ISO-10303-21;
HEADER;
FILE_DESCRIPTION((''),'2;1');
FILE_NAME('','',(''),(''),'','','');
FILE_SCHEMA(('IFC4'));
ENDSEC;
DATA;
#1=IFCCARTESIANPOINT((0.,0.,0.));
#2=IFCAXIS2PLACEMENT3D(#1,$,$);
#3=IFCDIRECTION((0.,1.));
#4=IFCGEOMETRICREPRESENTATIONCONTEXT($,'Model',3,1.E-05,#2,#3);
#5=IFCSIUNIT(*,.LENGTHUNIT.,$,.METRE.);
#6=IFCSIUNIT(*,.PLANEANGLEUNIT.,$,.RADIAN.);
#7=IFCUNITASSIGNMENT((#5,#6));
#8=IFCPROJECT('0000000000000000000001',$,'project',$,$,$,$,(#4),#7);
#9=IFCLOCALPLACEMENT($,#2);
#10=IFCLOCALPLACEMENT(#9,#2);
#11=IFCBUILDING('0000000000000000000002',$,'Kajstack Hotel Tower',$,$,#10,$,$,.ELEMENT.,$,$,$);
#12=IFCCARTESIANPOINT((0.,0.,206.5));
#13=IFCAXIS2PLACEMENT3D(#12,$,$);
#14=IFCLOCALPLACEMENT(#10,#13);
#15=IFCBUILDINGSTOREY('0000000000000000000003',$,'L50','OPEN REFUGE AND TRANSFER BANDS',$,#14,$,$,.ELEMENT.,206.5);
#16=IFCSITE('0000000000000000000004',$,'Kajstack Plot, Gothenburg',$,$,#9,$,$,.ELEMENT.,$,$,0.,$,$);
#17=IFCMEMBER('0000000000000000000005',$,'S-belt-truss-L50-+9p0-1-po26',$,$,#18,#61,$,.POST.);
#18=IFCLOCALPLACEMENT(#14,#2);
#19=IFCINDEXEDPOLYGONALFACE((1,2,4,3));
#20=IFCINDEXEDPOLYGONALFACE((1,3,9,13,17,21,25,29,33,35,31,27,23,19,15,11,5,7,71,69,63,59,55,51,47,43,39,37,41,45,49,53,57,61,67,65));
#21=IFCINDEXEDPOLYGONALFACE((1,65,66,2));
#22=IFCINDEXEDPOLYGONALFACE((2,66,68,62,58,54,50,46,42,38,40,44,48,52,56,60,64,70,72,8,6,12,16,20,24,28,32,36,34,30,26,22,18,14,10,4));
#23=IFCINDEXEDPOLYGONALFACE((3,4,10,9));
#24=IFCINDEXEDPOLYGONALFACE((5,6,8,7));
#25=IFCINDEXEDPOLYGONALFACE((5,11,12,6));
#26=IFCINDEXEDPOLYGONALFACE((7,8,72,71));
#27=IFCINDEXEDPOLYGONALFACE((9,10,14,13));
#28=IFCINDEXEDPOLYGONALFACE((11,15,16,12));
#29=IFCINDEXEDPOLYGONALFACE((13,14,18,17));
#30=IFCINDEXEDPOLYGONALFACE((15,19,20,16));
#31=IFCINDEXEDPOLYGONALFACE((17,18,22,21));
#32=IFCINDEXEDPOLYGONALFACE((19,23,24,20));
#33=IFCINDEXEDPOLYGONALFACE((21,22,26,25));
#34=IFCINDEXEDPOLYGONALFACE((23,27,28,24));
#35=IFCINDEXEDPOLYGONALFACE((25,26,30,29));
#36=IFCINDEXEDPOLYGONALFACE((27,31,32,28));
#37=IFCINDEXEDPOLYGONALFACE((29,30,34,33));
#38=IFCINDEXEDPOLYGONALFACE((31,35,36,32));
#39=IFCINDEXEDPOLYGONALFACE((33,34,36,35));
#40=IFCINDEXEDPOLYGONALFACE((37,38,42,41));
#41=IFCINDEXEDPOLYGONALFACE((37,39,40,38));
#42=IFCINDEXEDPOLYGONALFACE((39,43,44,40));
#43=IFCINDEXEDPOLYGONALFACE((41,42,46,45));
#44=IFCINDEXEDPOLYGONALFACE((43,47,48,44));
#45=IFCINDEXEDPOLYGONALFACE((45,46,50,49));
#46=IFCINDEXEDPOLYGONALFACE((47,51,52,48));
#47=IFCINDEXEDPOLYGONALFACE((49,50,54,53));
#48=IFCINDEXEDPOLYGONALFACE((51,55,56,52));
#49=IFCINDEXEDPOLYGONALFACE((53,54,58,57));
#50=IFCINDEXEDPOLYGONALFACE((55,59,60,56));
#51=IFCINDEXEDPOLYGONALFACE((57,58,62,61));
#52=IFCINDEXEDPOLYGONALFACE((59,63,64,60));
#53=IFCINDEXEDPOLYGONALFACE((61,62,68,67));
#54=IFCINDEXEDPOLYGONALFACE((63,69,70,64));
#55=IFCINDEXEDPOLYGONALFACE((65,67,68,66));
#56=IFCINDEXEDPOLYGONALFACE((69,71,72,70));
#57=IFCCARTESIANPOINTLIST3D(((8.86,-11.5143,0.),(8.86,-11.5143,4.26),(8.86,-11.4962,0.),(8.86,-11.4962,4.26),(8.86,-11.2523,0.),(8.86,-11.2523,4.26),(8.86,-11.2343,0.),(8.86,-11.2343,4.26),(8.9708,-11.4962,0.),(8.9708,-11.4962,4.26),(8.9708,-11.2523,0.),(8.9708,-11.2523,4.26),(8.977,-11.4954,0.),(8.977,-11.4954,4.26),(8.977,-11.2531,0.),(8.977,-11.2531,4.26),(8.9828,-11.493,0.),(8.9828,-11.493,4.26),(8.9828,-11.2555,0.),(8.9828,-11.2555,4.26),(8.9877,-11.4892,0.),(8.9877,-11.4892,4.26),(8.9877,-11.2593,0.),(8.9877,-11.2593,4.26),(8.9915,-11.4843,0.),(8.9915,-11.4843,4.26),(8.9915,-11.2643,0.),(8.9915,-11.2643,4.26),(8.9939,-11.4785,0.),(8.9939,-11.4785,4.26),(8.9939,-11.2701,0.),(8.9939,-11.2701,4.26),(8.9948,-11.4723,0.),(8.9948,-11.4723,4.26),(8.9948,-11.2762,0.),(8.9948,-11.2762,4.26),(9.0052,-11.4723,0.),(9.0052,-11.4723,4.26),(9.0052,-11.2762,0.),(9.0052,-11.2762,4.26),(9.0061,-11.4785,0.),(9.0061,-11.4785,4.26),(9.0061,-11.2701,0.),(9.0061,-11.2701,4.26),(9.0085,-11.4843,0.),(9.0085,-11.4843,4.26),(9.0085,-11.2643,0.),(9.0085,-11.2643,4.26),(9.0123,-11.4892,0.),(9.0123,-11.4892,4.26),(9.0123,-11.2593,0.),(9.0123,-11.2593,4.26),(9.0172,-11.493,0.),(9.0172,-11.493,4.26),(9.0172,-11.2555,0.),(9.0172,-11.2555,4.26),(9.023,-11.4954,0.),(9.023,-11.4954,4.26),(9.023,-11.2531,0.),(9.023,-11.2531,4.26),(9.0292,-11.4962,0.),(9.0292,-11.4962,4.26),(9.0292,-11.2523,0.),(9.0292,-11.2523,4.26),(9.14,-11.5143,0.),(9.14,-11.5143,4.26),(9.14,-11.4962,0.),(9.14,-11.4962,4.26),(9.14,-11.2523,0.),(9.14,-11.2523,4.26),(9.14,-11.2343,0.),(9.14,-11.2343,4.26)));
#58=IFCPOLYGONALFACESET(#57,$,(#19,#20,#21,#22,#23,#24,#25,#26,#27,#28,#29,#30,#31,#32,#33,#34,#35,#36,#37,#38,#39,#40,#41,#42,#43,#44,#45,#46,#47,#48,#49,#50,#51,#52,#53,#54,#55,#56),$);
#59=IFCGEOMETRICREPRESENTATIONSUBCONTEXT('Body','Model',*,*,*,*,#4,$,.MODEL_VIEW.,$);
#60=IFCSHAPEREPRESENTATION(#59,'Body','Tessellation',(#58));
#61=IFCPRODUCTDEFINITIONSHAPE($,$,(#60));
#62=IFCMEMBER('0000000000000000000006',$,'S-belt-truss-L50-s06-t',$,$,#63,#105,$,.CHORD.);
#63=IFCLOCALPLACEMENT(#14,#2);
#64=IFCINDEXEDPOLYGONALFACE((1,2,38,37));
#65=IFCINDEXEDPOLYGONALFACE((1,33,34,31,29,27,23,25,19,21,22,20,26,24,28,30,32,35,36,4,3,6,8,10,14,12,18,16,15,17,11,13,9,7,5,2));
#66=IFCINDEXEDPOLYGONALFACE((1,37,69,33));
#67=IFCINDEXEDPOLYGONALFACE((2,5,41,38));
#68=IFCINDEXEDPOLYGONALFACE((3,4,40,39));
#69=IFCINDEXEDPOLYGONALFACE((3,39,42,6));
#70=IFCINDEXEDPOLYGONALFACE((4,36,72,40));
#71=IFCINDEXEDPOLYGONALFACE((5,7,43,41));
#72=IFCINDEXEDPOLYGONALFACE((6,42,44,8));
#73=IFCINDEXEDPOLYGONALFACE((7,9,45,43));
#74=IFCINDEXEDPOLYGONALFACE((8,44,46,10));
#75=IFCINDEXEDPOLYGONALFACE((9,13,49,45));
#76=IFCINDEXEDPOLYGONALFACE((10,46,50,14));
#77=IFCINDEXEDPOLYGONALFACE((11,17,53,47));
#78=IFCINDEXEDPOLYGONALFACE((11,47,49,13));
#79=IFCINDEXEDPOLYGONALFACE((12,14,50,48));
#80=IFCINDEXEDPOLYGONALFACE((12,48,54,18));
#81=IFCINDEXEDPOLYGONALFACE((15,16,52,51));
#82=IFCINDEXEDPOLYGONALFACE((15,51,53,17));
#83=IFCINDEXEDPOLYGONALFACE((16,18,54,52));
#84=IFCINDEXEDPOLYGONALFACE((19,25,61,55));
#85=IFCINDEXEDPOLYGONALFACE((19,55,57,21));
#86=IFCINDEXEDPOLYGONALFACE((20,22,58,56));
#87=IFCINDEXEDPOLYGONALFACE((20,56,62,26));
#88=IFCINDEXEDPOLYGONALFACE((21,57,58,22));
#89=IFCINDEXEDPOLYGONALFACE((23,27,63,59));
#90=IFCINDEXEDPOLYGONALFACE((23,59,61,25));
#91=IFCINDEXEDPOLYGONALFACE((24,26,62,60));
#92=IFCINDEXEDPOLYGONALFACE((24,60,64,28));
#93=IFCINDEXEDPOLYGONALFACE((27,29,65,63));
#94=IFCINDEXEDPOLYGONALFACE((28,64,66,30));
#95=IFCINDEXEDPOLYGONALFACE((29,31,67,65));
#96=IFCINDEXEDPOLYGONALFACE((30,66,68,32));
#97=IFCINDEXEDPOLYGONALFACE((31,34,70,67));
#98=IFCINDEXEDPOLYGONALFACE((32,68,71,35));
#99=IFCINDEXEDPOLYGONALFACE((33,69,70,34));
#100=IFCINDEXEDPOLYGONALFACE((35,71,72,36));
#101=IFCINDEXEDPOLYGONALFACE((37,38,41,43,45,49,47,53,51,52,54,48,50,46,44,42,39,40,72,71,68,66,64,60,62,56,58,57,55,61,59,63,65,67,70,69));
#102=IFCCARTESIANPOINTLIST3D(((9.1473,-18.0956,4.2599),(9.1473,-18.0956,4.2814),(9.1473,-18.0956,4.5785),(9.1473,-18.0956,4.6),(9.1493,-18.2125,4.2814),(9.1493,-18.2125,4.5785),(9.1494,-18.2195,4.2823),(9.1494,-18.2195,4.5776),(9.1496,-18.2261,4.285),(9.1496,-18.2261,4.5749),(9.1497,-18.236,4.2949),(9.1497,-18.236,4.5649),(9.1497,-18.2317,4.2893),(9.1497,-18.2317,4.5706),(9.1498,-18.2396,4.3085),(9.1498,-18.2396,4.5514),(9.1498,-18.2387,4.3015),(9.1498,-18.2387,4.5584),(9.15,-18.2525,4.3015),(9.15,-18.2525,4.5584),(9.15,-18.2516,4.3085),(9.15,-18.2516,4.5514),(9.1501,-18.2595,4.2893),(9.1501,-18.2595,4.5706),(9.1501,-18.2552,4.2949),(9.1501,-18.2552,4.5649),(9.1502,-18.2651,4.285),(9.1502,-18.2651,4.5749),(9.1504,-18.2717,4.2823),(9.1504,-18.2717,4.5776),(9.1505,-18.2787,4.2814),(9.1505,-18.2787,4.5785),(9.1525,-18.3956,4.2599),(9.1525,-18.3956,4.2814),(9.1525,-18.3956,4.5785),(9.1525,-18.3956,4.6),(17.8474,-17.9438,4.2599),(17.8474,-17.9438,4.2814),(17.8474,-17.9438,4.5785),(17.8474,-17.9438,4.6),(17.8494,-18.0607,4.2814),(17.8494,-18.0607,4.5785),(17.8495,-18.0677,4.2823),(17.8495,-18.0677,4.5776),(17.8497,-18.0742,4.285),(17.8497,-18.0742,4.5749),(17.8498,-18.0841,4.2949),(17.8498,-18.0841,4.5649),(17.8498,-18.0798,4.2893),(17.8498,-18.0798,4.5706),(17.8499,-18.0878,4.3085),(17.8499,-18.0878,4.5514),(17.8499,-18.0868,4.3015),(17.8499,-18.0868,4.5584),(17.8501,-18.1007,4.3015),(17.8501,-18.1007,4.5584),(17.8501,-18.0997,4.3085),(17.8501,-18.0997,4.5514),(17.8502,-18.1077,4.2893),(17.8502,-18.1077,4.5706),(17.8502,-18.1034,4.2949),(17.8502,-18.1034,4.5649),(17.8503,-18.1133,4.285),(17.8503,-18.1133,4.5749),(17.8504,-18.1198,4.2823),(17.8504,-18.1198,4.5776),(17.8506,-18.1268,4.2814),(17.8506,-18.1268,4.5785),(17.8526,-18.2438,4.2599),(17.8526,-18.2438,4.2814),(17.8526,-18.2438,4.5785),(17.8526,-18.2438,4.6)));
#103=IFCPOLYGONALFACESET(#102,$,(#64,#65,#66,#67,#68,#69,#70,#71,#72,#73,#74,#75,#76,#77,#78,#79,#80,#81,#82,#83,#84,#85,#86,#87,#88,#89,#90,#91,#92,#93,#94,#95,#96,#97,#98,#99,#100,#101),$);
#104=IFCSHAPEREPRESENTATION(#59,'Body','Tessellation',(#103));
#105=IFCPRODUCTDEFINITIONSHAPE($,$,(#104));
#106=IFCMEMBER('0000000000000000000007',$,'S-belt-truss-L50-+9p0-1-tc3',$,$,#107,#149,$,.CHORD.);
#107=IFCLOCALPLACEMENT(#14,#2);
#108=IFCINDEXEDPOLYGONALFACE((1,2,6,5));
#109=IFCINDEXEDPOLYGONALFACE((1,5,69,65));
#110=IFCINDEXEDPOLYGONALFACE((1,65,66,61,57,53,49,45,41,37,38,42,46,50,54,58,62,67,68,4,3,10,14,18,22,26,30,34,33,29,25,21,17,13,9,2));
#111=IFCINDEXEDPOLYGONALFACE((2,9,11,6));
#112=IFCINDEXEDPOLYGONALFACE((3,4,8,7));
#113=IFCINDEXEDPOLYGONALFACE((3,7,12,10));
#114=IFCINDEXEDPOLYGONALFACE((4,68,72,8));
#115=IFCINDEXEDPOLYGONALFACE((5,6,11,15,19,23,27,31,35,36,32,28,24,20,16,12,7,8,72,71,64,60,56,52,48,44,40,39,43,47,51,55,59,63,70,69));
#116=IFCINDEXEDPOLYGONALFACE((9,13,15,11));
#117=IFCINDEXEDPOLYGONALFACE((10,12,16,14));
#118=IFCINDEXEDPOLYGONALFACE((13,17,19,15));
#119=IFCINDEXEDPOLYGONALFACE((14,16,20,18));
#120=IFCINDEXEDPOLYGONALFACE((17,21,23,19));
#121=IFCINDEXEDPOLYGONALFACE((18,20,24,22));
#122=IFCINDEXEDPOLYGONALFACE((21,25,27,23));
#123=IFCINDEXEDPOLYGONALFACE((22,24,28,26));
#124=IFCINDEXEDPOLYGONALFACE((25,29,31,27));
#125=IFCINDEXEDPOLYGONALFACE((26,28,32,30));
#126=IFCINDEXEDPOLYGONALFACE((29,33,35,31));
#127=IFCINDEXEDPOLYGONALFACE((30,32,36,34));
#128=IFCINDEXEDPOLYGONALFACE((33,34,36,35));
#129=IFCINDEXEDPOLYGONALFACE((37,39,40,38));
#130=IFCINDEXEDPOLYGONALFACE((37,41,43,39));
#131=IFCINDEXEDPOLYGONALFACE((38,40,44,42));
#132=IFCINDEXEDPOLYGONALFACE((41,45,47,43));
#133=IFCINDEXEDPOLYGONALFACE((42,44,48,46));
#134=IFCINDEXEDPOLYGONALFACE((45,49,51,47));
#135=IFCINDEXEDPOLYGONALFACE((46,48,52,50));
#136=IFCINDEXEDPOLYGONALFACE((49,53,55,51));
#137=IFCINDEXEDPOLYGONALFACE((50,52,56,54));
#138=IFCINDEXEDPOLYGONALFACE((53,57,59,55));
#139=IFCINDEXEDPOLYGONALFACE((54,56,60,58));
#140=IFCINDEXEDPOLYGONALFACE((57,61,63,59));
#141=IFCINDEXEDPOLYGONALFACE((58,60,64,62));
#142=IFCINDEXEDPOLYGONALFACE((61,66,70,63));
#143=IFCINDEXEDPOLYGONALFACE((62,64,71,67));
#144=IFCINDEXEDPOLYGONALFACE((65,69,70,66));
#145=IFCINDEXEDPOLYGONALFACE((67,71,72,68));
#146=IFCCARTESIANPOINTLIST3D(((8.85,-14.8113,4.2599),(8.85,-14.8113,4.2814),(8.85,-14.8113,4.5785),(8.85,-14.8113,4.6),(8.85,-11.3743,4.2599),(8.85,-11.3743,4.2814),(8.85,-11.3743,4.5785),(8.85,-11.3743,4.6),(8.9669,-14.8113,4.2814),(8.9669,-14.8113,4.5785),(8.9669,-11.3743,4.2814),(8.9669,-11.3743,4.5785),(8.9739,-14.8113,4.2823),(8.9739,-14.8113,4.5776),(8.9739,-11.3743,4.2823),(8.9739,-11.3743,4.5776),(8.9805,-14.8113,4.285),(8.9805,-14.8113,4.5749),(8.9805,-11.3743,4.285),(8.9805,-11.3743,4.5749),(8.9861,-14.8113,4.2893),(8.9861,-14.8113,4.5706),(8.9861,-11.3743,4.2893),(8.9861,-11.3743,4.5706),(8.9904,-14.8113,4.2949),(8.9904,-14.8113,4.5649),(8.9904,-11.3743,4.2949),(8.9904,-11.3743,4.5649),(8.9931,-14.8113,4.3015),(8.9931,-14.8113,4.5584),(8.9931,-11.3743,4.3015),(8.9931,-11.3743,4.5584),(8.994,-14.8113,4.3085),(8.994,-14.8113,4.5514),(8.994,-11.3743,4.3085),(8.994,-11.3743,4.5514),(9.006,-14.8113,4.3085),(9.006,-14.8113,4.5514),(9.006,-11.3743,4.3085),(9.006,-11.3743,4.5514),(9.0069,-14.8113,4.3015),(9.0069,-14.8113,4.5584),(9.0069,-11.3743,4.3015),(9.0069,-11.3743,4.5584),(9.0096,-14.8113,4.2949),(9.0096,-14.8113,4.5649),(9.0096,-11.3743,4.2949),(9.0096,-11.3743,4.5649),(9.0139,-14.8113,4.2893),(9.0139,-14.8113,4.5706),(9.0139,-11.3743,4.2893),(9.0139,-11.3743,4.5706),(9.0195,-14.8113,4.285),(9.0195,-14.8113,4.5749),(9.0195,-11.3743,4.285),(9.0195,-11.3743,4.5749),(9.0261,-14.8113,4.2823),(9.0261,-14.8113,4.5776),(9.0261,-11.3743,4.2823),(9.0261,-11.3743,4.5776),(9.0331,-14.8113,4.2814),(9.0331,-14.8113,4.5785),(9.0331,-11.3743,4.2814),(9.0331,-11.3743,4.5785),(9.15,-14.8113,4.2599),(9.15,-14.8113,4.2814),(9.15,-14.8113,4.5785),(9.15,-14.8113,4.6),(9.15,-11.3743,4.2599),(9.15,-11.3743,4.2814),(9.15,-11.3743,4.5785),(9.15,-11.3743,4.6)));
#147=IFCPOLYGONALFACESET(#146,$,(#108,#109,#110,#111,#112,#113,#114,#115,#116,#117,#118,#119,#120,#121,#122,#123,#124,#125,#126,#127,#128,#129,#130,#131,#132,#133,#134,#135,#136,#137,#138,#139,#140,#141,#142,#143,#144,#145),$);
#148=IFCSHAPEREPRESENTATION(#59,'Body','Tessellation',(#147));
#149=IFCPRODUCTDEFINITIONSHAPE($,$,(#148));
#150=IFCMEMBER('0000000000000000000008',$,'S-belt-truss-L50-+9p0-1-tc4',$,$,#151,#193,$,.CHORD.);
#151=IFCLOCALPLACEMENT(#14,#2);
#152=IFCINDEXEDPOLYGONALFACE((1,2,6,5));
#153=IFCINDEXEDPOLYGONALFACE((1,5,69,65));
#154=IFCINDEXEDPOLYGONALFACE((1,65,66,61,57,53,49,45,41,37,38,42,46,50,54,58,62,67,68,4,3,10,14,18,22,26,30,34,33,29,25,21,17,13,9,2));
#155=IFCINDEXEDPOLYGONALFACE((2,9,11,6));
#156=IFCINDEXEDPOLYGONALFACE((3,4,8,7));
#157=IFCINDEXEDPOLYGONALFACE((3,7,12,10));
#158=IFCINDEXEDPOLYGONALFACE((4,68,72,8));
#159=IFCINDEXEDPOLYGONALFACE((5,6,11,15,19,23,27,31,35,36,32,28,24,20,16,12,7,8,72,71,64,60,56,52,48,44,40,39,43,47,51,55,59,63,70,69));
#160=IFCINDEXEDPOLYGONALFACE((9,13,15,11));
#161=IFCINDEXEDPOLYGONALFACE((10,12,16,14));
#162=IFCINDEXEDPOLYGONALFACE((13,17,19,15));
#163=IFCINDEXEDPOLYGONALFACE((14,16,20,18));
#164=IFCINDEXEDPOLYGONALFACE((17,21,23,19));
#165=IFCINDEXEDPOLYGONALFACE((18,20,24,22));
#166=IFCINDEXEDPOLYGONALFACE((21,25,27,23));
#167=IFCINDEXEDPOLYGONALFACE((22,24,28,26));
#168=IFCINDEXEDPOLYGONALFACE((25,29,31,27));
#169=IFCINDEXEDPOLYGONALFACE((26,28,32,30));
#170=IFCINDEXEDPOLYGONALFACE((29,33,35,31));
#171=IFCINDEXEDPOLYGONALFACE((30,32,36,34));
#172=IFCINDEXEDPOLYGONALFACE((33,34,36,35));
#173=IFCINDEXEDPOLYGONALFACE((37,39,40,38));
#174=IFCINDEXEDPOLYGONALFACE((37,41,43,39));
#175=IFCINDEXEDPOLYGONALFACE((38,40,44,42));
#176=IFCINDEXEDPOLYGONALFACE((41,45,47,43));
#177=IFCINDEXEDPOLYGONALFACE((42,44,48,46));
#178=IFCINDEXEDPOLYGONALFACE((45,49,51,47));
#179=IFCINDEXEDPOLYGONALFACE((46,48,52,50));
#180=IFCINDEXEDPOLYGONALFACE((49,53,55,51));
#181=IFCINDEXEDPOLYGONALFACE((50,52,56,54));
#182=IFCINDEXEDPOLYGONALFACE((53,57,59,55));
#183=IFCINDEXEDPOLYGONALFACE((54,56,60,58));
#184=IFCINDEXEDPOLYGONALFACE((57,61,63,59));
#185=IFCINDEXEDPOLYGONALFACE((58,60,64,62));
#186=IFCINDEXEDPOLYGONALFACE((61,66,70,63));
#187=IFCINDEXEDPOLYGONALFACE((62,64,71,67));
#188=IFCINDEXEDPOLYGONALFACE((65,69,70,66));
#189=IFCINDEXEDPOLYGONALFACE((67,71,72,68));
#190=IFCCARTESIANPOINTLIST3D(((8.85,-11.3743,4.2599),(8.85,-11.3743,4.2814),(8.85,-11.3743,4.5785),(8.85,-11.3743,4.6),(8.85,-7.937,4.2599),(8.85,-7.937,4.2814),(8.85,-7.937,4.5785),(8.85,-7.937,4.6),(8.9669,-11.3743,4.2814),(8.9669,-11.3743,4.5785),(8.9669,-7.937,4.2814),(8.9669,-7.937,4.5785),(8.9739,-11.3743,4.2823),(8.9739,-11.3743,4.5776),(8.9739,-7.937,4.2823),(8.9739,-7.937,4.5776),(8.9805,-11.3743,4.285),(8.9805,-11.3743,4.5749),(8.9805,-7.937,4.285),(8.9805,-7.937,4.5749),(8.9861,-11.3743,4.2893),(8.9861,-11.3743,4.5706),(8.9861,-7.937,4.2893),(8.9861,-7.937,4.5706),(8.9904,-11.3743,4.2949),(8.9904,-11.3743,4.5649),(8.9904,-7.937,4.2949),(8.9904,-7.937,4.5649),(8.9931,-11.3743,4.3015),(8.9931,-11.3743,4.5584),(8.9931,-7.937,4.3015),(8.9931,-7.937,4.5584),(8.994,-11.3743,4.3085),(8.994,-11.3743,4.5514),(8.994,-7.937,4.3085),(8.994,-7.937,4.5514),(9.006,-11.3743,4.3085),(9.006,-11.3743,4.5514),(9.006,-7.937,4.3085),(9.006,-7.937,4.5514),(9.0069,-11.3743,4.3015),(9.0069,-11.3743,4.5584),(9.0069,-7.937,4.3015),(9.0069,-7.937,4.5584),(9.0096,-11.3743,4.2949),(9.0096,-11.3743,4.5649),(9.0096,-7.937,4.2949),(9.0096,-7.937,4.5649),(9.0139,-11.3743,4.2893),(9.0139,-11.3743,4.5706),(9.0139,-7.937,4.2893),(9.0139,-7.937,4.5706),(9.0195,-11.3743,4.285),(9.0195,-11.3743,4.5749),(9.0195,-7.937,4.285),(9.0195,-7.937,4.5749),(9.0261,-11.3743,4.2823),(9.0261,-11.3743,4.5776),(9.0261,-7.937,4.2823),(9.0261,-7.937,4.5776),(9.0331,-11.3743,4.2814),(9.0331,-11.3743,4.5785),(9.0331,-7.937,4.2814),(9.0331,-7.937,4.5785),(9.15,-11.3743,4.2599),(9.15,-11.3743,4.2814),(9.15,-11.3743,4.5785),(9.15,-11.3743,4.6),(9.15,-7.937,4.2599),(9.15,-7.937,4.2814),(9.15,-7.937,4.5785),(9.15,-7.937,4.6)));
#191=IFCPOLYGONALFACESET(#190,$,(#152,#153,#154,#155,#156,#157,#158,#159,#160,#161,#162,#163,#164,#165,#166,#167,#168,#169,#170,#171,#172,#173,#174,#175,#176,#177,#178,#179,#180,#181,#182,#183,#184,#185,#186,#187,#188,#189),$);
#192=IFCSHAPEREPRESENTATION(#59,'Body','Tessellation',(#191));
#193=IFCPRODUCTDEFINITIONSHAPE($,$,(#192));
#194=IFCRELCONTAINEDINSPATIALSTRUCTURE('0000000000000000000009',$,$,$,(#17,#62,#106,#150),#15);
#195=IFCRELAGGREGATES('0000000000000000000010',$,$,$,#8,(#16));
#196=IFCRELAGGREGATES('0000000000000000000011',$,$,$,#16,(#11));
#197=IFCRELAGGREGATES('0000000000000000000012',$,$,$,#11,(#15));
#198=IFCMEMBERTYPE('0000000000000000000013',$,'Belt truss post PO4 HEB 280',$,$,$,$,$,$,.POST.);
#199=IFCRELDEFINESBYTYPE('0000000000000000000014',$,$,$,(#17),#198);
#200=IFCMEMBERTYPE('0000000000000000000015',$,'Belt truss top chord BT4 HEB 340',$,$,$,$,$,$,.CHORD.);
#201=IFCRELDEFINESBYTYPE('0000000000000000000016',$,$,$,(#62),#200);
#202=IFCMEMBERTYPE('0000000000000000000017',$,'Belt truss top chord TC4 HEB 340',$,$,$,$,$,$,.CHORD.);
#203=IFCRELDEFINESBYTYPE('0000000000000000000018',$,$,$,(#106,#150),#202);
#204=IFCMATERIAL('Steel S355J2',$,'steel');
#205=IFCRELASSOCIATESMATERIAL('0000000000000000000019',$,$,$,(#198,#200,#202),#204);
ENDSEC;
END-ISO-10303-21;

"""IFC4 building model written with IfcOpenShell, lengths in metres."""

from ifc_helpers import new_model, si_unit, direction, frame, origin, origin_2d, place, context, subcontext, project, spatial, i_section, extrude, material, material_profile, profile_set, type_object, element, save


model = new_model("IFC4")

# Units and contexts
model_context = context("Model", 3, precision=1e-05, world=origin(), true_north=direction((0.0, 1.0)))
body_context = subcontext(model_context, "Body", "Model", "MODEL_VIEW")
ifc_project = project(units=[si_unit("LENGTHUNIT", "METRE"), si_unit("PLANEANGLEUNIT", "RADIAN")], contexts=[model_context])

# Site, building, storey
site_placement = place(None, origin())
site = spatial("IfcSite", under=ifc_project, at=site_placement, Name="Kajstack Plot, Gothenburg", CompositionType="ELEMENT", RefElevation=0.0)
building_placement = place(site_placement, origin())
building = spatial("IfcBuilding", under=site, at=building_placement, Name="Kajstack Hotel Tower", CompositionType="ELEMENT")
storey_placement = place(building_placement, frame((0.0, 0.0, 206.5)))
storey = spatial("IfcBuildingStorey", under=building, at=storey_placement, Name="L50", Description="OPEN REFUGE AND TRANSFER BANDS", CompositionType="ELEMENT", Elevation=206.5)

# Members
ifc_material_1 = material(Name="Steel S355J2", Category="steel")
ifc_material_profile_1 = material_profile(ifc_material_1, i_section(OverallWidth=0.28, OverallDepth=0.28, WebThickness=0.0105, FlangeThickness=0.0181, FilletRadius=0.0239, at=origin_2d()), Name="HEB 280")
ifc_profile_set_1 = profile_set([ifc_material_profile_1], Name="Steel S355J2")
member_type_1 = type_object("IfcMemberType", Name="Belt truss post PO4 HEB 280", PredefinedType="POST", material=ifc_profile_set_1)
for number, where, z_axis, x_axis, name in (
    (1, (9.0, -11.3743, 0.0), (0.0, 0.0, 1.0), (1.0, 0.0, 0.0), "S-belt-truss-L50-+9p0-1-po26"),
):
    element("IfcMember", number, at=place(storey_placement, frame(where, z_axis=z_axis, x_axis=x_axis)), inside=storey, type_object=member_type_1, Name=name, PredefinedType="POST", context=body_context, shape_type="SweptSolid", body=[
        extrude(i_section(OverallWidth=0.28, OverallDepth=0.28, WebThickness=0.0105, FlangeThickness=0.0181, FilletRadius=0.0239, at=origin_2d()), origin(), (0.0, 0.0, 1.0), 4.26),
    ])
ifc_material_profile_2 = material_profile(ifc_material_1, i_section(OverallWidth=0.3, OverallDepth=0.3401, WebThickness=0.012, FlangeThickness=0.0215, FilletRadius=0.0271, at=origin_2d()), Name="HEB 340")
ifc_profile_set_2 = profile_set([ifc_material_profile_2], Name="Steel S355J2")
member_type_2 = type_object("IfcMemberType", Name="Belt truss top chord BT4 HEB 340", PredefinedType="CHORD", material=ifc_profile_set_2)
member_1_placement = place(storey_placement, frame((9.1499, -18.2456, 4.4299), z_axis=(0.999848, 0.017452, 0.0), x_axis=(-0.017452, 0.999848, 0.0)))
element("IfcMember", 2, at=member_1_placement, inside=storey, type_object=member_type_2, Name="S-belt-truss-L50-s06-t", PredefinedType="CHORD", context=body_context, shape_type="SweptSolid", body=[
    extrude(i_section(OverallWidth=0.3, OverallDepth=0.3401, WebThickness=0.012, FlangeThickness=0.0215, FilletRadius=0.0271, at=origin_2d()), origin(), (0.0, 0.0, 1.0), 8.7014),
])
ifc_material_profile_3 = material_profile(ifc_material_1, i_section(OverallWidth=0.3, OverallDepth=0.3401, WebThickness=0.012, FlangeThickness=0.0215, FilletRadius=0.0271, at=origin_2d()), Name="HEB 340")
ifc_profile_set_3 = profile_set([ifc_material_profile_3], Name="Steel S355J2")
member_type_3 = type_object("IfcMemberType", Name="Belt truss top chord TC4 HEB 340", PredefinedType="CHORD", material=ifc_profile_set_3)
member_2_placement = place(storey_placement, frame((9.0, -14.8113, 4.4299), z_axis=(0.0, 1.0, 0.0), x_axis=(-1.0, 0.0, 0.0)))
element("IfcMember", 3, at=member_2_placement, inside=storey, type_object=member_type_3, Name="S-belt-truss-L50-+9p0-1-tc3", PredefinedType="CHORD", context=body_context, shape_type="SweptSolid", body=[
    extrude(i_section(OverallWidth=0.3, OverallDepth=0.3401, WebThickness=0.012, FlangeThickness=0.0215, FilletRadius=0.0271, at=origin_2d()), origin(), (0.0, 0.0, 1.0), 3.437),
])
member_3_placement = place(storey_placement, frame((9.0, -11.3743, 4.4299), z_axis=(0.0, 1.0, 0.0), x_axis=(-1.0, 0.0, 0.0)))
element("IfcMember", 4, at=member_3_placement, inside=storey, type_object=member_type_3, Name="S-belt-truss-L50-+9p0-1-tc4", PredefinedType="CHORD", context=body_context, shape_type="SweptSolid", body=[
    extrude(i_section(OverallWidth=0.3, OverallDepth=0.3401, WebThickness=0.012, FlangeThickness=0.0215, FilletRadius=0.0271, at=origin_2d()), origin(), (0.0, 0.0, 1.0), 3.4373),
])

save(model, "model.ifc")
